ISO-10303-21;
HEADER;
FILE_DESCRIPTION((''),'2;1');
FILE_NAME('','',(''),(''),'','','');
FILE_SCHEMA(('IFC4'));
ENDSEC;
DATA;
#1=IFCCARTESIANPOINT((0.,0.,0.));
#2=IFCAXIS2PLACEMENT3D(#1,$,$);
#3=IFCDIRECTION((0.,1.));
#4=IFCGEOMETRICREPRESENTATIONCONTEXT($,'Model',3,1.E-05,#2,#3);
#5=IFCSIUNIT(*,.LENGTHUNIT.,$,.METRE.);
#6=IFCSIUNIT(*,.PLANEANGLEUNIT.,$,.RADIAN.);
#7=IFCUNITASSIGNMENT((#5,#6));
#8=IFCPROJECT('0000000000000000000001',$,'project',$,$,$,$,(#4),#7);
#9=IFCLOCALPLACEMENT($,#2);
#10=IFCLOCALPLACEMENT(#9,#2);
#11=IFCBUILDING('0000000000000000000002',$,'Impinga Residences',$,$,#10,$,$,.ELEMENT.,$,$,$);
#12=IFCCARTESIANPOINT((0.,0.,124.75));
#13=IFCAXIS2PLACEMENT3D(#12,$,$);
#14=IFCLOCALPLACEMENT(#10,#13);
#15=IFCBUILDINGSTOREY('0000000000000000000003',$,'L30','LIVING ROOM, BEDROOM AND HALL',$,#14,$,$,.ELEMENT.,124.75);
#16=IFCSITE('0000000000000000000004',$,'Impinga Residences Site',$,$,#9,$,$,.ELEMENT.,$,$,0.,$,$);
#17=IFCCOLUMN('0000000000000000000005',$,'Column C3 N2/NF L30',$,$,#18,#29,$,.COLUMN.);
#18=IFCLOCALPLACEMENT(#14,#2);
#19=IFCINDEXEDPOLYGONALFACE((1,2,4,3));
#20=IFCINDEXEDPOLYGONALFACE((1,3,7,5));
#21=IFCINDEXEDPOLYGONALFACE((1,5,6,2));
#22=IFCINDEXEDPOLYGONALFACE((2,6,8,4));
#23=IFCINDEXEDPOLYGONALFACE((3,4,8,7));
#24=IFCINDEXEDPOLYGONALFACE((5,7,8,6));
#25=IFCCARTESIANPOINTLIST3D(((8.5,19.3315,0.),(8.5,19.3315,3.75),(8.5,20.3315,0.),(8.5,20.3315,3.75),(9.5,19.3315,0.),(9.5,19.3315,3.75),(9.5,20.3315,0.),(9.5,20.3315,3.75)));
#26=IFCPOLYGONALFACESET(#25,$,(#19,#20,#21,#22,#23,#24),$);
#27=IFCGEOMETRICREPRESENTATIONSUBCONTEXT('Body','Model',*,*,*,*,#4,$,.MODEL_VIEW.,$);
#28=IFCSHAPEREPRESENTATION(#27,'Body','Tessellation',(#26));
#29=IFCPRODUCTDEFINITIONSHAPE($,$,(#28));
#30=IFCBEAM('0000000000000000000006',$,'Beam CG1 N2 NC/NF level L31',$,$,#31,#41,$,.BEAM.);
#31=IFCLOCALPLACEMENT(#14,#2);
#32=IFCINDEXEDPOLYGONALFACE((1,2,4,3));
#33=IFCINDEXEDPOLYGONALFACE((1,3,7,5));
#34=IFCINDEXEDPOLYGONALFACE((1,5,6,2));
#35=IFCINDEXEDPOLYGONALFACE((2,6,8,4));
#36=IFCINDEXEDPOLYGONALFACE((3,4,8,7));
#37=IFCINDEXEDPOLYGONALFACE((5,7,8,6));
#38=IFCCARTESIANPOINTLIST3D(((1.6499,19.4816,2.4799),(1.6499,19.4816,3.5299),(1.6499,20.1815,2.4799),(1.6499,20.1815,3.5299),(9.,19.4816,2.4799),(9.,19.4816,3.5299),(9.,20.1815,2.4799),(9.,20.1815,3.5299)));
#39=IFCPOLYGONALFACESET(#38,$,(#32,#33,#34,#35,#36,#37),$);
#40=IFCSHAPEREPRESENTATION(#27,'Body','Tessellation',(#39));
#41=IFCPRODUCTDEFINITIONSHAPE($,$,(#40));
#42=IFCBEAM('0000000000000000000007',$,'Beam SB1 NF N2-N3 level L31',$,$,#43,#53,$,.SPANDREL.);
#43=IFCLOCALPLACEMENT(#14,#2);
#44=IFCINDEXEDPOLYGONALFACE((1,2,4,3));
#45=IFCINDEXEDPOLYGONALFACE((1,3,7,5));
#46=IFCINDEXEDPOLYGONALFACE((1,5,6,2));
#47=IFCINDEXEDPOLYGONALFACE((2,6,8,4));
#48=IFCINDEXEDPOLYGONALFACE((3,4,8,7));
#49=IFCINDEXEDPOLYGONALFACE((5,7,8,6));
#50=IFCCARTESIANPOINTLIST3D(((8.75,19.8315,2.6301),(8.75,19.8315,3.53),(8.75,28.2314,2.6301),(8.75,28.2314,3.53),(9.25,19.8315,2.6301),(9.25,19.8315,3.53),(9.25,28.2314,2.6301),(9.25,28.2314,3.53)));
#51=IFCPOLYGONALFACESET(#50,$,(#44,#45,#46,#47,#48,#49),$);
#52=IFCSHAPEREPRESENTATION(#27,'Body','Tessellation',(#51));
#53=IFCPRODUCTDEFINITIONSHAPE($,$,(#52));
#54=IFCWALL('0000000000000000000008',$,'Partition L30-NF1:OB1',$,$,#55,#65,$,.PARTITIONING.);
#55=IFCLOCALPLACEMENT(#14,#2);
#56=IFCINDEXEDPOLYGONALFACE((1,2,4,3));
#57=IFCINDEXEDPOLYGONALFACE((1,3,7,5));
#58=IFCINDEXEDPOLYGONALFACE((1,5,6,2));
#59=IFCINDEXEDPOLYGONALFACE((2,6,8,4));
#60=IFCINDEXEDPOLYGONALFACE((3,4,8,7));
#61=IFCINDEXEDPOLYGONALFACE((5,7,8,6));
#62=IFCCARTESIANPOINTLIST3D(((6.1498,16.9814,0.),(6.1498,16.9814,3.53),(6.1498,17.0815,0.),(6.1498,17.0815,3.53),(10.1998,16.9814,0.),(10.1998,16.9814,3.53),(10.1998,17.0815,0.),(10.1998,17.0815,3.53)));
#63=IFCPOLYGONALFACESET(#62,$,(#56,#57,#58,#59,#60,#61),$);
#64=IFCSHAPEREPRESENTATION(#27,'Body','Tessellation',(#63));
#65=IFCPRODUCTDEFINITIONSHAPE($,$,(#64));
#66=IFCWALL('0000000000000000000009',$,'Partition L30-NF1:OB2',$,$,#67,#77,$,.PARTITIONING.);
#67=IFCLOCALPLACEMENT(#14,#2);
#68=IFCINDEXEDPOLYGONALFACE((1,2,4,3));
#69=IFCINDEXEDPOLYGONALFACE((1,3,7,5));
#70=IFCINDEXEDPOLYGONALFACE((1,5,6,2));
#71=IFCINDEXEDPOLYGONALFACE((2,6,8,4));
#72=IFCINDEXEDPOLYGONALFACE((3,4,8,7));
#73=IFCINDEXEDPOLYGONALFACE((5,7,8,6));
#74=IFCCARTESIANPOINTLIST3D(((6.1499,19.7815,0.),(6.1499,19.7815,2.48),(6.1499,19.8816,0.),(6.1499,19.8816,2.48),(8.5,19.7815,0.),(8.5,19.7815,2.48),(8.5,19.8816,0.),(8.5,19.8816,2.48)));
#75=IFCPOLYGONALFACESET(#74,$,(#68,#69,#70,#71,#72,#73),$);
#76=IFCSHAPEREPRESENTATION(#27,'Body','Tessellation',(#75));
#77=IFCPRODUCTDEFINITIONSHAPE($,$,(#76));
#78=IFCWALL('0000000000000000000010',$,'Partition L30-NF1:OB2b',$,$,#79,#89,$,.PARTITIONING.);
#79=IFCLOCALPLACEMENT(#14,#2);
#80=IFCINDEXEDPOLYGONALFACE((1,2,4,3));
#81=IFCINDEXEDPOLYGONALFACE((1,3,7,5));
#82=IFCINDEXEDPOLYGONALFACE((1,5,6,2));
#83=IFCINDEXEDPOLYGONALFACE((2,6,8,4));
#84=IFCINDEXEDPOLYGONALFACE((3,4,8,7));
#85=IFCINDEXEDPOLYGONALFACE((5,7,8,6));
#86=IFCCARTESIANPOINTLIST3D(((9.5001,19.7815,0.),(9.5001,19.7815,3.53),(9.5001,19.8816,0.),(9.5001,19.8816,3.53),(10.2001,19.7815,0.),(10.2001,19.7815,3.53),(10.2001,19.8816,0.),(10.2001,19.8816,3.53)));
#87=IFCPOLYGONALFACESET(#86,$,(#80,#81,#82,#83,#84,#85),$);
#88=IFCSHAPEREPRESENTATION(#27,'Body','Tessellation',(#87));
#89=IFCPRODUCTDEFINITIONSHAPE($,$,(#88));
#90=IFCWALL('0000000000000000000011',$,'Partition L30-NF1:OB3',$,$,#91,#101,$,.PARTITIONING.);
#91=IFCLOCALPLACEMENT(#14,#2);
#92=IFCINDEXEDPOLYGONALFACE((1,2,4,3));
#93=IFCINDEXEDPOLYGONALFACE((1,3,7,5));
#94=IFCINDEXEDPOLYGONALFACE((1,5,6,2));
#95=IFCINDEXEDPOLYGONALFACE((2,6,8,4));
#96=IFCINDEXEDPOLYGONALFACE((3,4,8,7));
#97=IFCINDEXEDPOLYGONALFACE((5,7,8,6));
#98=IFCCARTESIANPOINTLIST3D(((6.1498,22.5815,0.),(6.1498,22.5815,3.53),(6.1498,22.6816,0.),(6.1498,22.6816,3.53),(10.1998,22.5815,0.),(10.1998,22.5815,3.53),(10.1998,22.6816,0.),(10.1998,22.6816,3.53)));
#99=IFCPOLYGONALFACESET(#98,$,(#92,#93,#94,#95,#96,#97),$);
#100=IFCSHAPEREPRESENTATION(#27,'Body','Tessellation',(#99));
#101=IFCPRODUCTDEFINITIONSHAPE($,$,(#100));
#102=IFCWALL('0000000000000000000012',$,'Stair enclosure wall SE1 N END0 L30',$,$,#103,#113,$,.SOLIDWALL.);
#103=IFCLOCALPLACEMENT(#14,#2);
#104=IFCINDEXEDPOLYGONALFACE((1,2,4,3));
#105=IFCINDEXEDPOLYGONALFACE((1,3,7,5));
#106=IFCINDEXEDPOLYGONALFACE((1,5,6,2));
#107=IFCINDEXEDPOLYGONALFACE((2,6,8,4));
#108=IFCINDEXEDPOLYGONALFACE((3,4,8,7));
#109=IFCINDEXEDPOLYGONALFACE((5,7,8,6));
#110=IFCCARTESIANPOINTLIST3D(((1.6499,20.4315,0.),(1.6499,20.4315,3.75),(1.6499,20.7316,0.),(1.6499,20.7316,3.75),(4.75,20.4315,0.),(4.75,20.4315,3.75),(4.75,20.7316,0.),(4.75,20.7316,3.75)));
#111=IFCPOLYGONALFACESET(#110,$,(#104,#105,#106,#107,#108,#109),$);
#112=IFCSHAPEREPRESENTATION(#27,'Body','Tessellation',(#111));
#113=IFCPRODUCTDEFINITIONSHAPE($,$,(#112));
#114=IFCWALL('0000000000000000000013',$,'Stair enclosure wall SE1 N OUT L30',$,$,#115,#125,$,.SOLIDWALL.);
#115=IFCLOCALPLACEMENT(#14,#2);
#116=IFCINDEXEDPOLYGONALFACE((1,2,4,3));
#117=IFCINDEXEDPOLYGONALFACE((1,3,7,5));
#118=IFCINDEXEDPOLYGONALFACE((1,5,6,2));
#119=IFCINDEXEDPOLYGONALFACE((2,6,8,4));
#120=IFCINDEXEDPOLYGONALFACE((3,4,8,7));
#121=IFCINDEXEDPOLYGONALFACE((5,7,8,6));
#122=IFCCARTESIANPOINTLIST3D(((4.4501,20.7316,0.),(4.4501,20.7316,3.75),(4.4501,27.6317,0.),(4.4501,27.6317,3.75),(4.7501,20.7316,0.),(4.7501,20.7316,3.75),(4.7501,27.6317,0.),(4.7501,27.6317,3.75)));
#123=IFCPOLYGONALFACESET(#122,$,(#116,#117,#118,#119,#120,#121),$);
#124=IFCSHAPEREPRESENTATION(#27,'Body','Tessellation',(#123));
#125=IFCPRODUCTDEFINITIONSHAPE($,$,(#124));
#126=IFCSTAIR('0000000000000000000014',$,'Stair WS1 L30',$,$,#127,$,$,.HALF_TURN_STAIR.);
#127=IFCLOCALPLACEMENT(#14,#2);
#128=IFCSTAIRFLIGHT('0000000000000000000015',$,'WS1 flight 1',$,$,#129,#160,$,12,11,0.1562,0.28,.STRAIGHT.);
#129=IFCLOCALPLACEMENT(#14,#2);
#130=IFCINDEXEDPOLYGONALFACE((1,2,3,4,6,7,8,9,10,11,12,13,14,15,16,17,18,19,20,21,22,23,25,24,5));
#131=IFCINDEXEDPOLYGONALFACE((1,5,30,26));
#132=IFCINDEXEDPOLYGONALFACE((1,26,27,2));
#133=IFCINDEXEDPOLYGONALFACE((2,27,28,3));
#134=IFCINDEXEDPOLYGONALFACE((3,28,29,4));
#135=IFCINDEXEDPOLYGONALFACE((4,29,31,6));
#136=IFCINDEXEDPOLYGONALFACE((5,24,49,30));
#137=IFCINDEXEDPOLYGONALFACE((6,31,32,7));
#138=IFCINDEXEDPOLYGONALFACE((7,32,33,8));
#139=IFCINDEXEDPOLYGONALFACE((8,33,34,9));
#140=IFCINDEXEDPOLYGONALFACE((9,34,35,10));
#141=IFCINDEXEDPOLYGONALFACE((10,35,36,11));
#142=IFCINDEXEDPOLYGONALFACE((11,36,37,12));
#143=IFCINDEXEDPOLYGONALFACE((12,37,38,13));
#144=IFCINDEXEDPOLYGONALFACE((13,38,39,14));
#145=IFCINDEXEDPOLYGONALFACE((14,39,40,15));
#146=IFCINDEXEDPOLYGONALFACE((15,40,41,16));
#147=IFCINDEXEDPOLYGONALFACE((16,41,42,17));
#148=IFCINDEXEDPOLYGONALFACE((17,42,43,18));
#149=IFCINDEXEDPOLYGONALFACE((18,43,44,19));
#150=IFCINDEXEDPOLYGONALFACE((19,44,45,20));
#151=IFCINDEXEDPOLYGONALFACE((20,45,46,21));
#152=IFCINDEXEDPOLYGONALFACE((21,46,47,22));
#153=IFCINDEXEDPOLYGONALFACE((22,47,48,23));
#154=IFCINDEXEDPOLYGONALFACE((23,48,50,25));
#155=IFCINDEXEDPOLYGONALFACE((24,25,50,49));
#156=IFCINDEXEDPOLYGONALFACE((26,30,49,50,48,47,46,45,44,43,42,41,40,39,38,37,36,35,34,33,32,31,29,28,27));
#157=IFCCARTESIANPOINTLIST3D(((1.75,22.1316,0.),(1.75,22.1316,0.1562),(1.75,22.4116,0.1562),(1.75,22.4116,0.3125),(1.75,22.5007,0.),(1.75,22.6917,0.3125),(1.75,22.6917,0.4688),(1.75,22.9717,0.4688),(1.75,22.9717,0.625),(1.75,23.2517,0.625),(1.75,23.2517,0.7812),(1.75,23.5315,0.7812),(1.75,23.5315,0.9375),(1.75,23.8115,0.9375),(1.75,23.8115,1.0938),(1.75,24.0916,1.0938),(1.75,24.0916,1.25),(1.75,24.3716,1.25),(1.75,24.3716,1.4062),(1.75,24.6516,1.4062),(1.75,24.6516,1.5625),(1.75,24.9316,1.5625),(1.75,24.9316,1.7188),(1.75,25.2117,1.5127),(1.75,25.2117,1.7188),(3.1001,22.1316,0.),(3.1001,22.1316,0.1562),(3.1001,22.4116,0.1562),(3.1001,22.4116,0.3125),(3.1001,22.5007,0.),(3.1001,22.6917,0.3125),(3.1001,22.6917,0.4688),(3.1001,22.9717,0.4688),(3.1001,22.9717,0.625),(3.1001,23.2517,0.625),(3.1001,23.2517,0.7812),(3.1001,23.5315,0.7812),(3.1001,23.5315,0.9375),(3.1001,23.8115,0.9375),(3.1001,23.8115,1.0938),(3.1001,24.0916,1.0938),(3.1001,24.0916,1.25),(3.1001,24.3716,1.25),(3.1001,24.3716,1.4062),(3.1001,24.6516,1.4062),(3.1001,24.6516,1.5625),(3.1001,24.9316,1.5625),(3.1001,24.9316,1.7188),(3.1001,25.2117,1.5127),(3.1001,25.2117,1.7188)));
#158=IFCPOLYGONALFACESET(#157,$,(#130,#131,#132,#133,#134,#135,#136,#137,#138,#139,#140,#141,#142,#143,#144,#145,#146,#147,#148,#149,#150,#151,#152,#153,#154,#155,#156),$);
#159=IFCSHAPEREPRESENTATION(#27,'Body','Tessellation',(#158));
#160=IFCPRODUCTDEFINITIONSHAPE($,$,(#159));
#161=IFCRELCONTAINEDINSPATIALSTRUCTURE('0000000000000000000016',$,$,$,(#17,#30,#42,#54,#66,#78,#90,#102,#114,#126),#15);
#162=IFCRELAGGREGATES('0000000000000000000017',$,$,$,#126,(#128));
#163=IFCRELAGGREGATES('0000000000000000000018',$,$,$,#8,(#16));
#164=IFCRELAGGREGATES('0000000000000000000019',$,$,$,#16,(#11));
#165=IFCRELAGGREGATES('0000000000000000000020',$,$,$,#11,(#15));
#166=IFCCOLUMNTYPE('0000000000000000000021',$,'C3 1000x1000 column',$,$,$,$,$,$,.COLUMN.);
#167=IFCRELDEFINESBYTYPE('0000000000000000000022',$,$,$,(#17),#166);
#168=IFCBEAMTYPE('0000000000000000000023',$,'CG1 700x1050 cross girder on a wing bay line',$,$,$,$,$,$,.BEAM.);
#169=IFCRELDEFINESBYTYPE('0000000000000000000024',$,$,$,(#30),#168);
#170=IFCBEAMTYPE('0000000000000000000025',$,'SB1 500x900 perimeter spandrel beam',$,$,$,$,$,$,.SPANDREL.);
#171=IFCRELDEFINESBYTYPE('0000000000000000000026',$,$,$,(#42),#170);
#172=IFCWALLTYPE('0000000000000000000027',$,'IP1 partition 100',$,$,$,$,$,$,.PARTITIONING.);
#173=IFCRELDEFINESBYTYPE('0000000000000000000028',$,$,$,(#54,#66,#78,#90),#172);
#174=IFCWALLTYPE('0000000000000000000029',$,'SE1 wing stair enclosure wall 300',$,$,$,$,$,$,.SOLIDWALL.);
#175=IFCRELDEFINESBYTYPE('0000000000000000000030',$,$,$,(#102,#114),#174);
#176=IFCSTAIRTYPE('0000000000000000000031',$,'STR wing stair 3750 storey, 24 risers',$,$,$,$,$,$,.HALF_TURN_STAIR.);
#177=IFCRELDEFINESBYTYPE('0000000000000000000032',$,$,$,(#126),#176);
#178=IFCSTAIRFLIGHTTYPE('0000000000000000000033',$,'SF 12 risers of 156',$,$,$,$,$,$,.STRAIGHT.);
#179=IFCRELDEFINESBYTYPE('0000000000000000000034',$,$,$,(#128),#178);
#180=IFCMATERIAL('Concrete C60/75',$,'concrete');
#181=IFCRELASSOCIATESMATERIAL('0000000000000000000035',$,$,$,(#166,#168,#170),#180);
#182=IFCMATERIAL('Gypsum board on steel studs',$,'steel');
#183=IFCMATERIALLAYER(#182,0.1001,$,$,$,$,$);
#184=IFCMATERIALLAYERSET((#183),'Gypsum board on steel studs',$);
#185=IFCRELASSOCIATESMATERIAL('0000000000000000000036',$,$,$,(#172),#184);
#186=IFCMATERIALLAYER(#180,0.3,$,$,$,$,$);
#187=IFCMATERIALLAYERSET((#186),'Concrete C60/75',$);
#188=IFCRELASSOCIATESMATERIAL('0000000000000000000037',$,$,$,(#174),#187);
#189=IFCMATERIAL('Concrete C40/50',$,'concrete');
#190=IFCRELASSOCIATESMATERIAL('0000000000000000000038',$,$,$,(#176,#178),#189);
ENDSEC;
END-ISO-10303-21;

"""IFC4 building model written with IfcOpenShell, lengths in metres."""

from ifc_helpers import new_model, si_unit, direction, frame, frame_2d, origin, origin_2d, place, context, subcontext, project, spatial, polyline, rectangle, outline, extrude, material, layer, layer_set, material_profile, profile_set, type_object, element, aggregate, save


model = new_model("IFC4")

# Units and contexts
model_context = context("Model", 3, precision=1e-05, world=origin(), true_north=direction((0.0, 1.0)))
body_context = subcontext(model_context, "Body", "Model", "MODEL_VIEW")
ifc_project = project(units=[si_unit("LENGTHUNIT", "METRE"), si_unit("PLANEANGLEUNIT", "RADIAN")], contexts=[model_context])

# Site, building, storey
site_placement = place(None, origin())
site = spatial("IfcSite", under=ifc_project, at=site_placement, Name="Impinga Residences Site", CompositionType="ELEMENT", RefElevation=0.0)
building_placement = place(site_placement, origin())
building = spatial("IfcBuilding", under=site, at=building_placement, Name="Impinga Residences", CompositionType="ELEMENT")
storey_placement = place(building_placement, frame((0.0, 0.0, 124.75)))
storey = spatial("IfcBuildingStorey", under=building, at=storey_placement, Name="L30", Description="LIVING ROOM, BEDROOM AND HALL", CompositionType="ELEMENT", Elevation=124.75)

# Column
ifc_material_1 = material(Name="Concrete C60/75", Category="concrete")
ifc_material_profile_1 = material_profile(ifc_material_1, rectangle(XDim=1.0, YDim=1.0, at=origin_2d()), Name="RC 1000x1000")
ifc_profile_set_1 = profile_set([ifc_material_profile_1], Name="Concrete C60/75")
column_type = type_object("IfcColumnType", Name="C3 1000x1000 column", PredefinedType="COLUMN", material=ifc_profile_set_1)
column_placement = place(storey_placement, frame((9.0, 19.8315, 0.0), z_axis=(0.0, 0.0, 1.0), x_axis=(1.0, 0.0, 0.0)))
element("IfcColumn", 1, at=column_placement, inside=storey, type_object=column_type, Name="Column C3 N2/NF L30", PredefinedType="COLUMN", context=body_context, shape_type="SweptSolid", body=[
    extrude(rectangle(XDim=1.0, YDim=1.0, at=origin_2d()), origin(), (0.0, 0.0, 1.0), 3.75),
])

# Beams
ifc_material_profile_2 = material_profile(ifc_material_1, rectangle(XDim=0.7, YDim=1.05, at=origin_2d()), Name="RC 700x1050")
ifc_profile_set_2 = profile_set([ifc_material_profile_2], Name="Concrete C60/75")
beam_type_1 = type_object("IfcBeamType", Name="CG1 700x1050 cross girder on a wing bay line", PredefinedType="BEAM", material=ifc_profile_set_2)
beam_1_placement = place(storey_placement, frame((1.6499, 19.8315, 3.0049), z_axis=(1.0, 0.0, 0.0), x_axis=(0.0, 1.0, 0.0)))
element("IfcBeam", 2, at=beam_1_placement, inside=storey, type_object=beam_type_1, Name="Beam CG1 N2 NC/NF level L31", PredefinedType="BEAM", context=body_context, shape_type="SweptSolid", body=[
    extrude(rectangle(XDim=0.7, YDim=1.05, at=origin_2d()), origin(), (0.0, 0.0, 1.0), 7.3501),
])
ifc_material_profile_3 = material_profile(ifc_material_1, rectangle(XDim=0.5, YDim=0.8999, at=origin_2d()), Name="RC 500x900")
ifc_profile_set_3 = profile_set([ifc_material_profile_3], Name="Concrete C60/75")
beam_type_2 = type_object("IfcBeamType", Name="SB1 500x900 perimeter spandrel beam", PredefinedType="SPANDREL", material=ifc_profile_set_3)
beam_2_placement = place(storey_placement, frame((9.0, 19.8315, 3.0801), z_axis=(0.0, 1.0, 0.0), x_axis=(-1.0, 0.0, 0.0)))
element("IfcBeam", 3, at=beam_2_placement, inside=storey, type_object=beam_type_2, Name="Beam SB1 NF N2-N3 level L31", PredefinedType="SPANDREL", context=body_context, shape_type="SweptSolid", body=[
    extrude(rectangle(XDim=0.5, YDim=0.8999, at=origin_2d()), origin(), (0.0, 0.0, 1.0), 8.3999),
])

# Walls
ifc_material_2 = material(Name="Gypsum board on steel studs", Category="steel")
ifc_layer_1 = layer(ifc_material_2, 0.1001)
ifc_layer_set_1 = layer_set([ifc_layer_1], Name="Gypsum board on steel studs")
wall_type_1 = type_object("IfcWallType", Name="IP1 partition 100", PredefinedType="PARTITIONING", material=ifc_layer_set_1)
wall_1_placement = place(storey_placement, frame((6.1499, 17.0315, 0.0), z_axis=(0.0, 0.0, 1.0), x_axis=(1.0, 0.0, 0.0)))
element("IfcWall", 4, at=wall_1_placement, inside=storey, type_object=wall_type_1, Name="Partition L30-NF1:OB1", PredefinedType="PARTITIONING", context=body_context, shape_type="SweptSolid", body=[
    extrude(rectangle(XDim=4.05, YDim=0.1001, at=frame_2d((2.0249, 0.0))), origin(), (0.0, 0.0, 1.0), 3.53),
])
wall_2_placement = place(storey_placement, frame((6.1499, 19.8315, 0.0), z_axis=(0.0, 0.0, 1.0), x_axis=(1.0, 0.0, 0.0)))
element("IfcWall", 5, at=wall_2_placement, inside=storey, type_object=wall_type_1, Name="Partition L30-NF1:OB2", PredefinedType="PARTITIONING", context=body_context, shape_type="SweptSolid", body=[
    extrude(rectangle(XDim=2.3501, YDim=0.1001, at=frame_2d((1.175, 0.0))), origin(), (0.0, 0.0, 1.0), 2.48),
])
wall_3_placement = place(storey_placement, frame((9.5, 19.8315, 0.0), z_axis=(0.0, 0.0, 1.0), x_axis=(1.0, 0.0, 0.0)))
element("IfcWall", 6, at=wall_3_placement, inside=storey, type_object=wall_type_1, Name="Partition L30-NF1:OB2b", PredefinedType="PARTITIONING", context=body_context, shape_type="SweptSolid", body=[
    extrude(rectangle(XDim=0.7, YDim=0.1001, at=frame_2d((0.3501, 0.0))), origin(), (0.0, 0.0, 1.0), 3.53),
])
wall_4_placement = place(storey_placement, frame((6.1499, 22.6316, 0.0), z_axis=(0.0, 0.0, 1.0), x_axis=(1.0, 0.0, 0.0)))
element("IfcWall", 7, at=wall_4_placement, inside=storey, type_object=wall_type_1, Name="Partition L30-NF1:OB3", PredefinedType="PARTITIONING", context=body_context, shape_type="SweptSolid", body=[
    extrude(rectangle(XDim=4.05, YDim=0.1001, at=frame_2d((2.0249, 0.0))), origin(), (0.0, 0.0, 1.0), 3.53),
])
ifc_layer_2 = layer(ifc_material_1, 0.3)
ifc_layer_set_2 = layer_set([ifc_layer_2], Name="Concrete C60/75")
wall_type_2 = type_object("IfcWallType", Name="SE1 wing stair enclosure wall 300", PredefinedType="SOLIDWALL", material=ifc_layer_set_2)
wall_5_placement = place(storey_placement, frame((1.6499, 20.5815, 0.0), z_axis=(0.0, 0.0, 1.0), x_axis=(1.0, 0.0, 0.0)))
element("IfcWall", 8, at=wall_5_placement, inside=storey, type_object=wall_type_2, Name="Stair enclosure wall SE1 N END0 L30", PredefinedType="SOLIDWALL", context=body_context, shape_type="SweptSolid", body=[
    extrude(rectangle(XDim=3.1001, YDim=0.3, at=frame_2d((1.55, 0.0))), origin(), (0.0, 0.0, 1.0), 3.75),
])
wall_6_placement = place(storey_placement, frame((4.6001, 20.7314, 0.0), z_axis=(0.0, 0.0, 1.0), x_axis=(0.0, 1.0, 0.0)))
element("IfcWall", 9, at=wall_6_placement, inside=storey, type_object=wall_type_2, Name="Stair enclosure wall SE1 N OUT L30", PredefinedType="SOLIDWALL", context=body_context, shape_type="SweptSolid", body=[
    extrude(rectangle(XDim=6.9001, YDim=0.3, at=frame_2d((3.4502, 0.0))), origin(), (0.0, 0.0, 1.0), 3.75),
])

# Stair, stair flight
ifc_material_3 = material(Name="Concrete C40/50", Category="concrete")
stair_type = type_object("IfcStairType", Name="STR wing stair 3750 storey, 24 risers", PredefinedType="HALF_TURN_STAIR", material=ifc_material_3)
stair_placement = place(storey_placement, origin())
stair = element("IfcStair", 10, at=stair_placement, inside=storey, type_object=stair_type, Name="Stair WS1 L30", PredefinedType="HALF_TURN_STAIR")
stair_flight_type = type_object("IfcStairFlightType", Name="SF 12 risers of 156", PredefinedType="STRAIGHT", material=ifc_material_3)
stair_flight_placement = place(storey_placement, frame((2.425, 22.1316, 0.0), z_axis=(0.0, 0.0, 1.0), x_axis=(0.0, 1.0, 0.0)))
stair_flight = element("IfcStairFlight", 11, at=stair_flight_placement, type_object=stair_flight_type, Name="WS1 flight 1", NumberOfRisers=12, NumberOfTreads=11, PredefinedType="STRAIGHT", RiserHeight=0.1562, TreadLength=0.28, context=body_context, shape_type="SweptSolid", body=[
    extrude(outline(polyline([(0.0, 0.0), (0.0, 0.1562), (0.28, 0.1562), (0.28, 0.3125), (0.5601, 0.3125), (0.5601, 0.4688), (0.8401, 0.4688), (0.8401, 0.625), (1.1201, 0.625), (1.1201, 0.7812), (1.3999, 0.7812), (1.3999, 0.9375), (1.6799, 0.9375), (1.6799, 1.0938), (1.96, 1.0938), (1.96, 1.25), (2.24, 1.25), (2.24, 1.4062), (2.52, 1.4062), (2.52, 1.5625), (2.8, 1.5625), (2.8, 1.7188), (3.0801, 1.7188), (3.0801, 1.875), (3.0801, 1.5127), (0.3691, 0.0), (0.0, 0.0)])), frame((0.0, 0.675, 0.0), z_axis=(0.0, -1.0, 0.0), x_axis=(1.0, 0.0, 0.0)), (0.0, 0.0, 1.0), 1.3501),
])
aggregate(stair, [stair_flight])

save(model, "model.ifc")
